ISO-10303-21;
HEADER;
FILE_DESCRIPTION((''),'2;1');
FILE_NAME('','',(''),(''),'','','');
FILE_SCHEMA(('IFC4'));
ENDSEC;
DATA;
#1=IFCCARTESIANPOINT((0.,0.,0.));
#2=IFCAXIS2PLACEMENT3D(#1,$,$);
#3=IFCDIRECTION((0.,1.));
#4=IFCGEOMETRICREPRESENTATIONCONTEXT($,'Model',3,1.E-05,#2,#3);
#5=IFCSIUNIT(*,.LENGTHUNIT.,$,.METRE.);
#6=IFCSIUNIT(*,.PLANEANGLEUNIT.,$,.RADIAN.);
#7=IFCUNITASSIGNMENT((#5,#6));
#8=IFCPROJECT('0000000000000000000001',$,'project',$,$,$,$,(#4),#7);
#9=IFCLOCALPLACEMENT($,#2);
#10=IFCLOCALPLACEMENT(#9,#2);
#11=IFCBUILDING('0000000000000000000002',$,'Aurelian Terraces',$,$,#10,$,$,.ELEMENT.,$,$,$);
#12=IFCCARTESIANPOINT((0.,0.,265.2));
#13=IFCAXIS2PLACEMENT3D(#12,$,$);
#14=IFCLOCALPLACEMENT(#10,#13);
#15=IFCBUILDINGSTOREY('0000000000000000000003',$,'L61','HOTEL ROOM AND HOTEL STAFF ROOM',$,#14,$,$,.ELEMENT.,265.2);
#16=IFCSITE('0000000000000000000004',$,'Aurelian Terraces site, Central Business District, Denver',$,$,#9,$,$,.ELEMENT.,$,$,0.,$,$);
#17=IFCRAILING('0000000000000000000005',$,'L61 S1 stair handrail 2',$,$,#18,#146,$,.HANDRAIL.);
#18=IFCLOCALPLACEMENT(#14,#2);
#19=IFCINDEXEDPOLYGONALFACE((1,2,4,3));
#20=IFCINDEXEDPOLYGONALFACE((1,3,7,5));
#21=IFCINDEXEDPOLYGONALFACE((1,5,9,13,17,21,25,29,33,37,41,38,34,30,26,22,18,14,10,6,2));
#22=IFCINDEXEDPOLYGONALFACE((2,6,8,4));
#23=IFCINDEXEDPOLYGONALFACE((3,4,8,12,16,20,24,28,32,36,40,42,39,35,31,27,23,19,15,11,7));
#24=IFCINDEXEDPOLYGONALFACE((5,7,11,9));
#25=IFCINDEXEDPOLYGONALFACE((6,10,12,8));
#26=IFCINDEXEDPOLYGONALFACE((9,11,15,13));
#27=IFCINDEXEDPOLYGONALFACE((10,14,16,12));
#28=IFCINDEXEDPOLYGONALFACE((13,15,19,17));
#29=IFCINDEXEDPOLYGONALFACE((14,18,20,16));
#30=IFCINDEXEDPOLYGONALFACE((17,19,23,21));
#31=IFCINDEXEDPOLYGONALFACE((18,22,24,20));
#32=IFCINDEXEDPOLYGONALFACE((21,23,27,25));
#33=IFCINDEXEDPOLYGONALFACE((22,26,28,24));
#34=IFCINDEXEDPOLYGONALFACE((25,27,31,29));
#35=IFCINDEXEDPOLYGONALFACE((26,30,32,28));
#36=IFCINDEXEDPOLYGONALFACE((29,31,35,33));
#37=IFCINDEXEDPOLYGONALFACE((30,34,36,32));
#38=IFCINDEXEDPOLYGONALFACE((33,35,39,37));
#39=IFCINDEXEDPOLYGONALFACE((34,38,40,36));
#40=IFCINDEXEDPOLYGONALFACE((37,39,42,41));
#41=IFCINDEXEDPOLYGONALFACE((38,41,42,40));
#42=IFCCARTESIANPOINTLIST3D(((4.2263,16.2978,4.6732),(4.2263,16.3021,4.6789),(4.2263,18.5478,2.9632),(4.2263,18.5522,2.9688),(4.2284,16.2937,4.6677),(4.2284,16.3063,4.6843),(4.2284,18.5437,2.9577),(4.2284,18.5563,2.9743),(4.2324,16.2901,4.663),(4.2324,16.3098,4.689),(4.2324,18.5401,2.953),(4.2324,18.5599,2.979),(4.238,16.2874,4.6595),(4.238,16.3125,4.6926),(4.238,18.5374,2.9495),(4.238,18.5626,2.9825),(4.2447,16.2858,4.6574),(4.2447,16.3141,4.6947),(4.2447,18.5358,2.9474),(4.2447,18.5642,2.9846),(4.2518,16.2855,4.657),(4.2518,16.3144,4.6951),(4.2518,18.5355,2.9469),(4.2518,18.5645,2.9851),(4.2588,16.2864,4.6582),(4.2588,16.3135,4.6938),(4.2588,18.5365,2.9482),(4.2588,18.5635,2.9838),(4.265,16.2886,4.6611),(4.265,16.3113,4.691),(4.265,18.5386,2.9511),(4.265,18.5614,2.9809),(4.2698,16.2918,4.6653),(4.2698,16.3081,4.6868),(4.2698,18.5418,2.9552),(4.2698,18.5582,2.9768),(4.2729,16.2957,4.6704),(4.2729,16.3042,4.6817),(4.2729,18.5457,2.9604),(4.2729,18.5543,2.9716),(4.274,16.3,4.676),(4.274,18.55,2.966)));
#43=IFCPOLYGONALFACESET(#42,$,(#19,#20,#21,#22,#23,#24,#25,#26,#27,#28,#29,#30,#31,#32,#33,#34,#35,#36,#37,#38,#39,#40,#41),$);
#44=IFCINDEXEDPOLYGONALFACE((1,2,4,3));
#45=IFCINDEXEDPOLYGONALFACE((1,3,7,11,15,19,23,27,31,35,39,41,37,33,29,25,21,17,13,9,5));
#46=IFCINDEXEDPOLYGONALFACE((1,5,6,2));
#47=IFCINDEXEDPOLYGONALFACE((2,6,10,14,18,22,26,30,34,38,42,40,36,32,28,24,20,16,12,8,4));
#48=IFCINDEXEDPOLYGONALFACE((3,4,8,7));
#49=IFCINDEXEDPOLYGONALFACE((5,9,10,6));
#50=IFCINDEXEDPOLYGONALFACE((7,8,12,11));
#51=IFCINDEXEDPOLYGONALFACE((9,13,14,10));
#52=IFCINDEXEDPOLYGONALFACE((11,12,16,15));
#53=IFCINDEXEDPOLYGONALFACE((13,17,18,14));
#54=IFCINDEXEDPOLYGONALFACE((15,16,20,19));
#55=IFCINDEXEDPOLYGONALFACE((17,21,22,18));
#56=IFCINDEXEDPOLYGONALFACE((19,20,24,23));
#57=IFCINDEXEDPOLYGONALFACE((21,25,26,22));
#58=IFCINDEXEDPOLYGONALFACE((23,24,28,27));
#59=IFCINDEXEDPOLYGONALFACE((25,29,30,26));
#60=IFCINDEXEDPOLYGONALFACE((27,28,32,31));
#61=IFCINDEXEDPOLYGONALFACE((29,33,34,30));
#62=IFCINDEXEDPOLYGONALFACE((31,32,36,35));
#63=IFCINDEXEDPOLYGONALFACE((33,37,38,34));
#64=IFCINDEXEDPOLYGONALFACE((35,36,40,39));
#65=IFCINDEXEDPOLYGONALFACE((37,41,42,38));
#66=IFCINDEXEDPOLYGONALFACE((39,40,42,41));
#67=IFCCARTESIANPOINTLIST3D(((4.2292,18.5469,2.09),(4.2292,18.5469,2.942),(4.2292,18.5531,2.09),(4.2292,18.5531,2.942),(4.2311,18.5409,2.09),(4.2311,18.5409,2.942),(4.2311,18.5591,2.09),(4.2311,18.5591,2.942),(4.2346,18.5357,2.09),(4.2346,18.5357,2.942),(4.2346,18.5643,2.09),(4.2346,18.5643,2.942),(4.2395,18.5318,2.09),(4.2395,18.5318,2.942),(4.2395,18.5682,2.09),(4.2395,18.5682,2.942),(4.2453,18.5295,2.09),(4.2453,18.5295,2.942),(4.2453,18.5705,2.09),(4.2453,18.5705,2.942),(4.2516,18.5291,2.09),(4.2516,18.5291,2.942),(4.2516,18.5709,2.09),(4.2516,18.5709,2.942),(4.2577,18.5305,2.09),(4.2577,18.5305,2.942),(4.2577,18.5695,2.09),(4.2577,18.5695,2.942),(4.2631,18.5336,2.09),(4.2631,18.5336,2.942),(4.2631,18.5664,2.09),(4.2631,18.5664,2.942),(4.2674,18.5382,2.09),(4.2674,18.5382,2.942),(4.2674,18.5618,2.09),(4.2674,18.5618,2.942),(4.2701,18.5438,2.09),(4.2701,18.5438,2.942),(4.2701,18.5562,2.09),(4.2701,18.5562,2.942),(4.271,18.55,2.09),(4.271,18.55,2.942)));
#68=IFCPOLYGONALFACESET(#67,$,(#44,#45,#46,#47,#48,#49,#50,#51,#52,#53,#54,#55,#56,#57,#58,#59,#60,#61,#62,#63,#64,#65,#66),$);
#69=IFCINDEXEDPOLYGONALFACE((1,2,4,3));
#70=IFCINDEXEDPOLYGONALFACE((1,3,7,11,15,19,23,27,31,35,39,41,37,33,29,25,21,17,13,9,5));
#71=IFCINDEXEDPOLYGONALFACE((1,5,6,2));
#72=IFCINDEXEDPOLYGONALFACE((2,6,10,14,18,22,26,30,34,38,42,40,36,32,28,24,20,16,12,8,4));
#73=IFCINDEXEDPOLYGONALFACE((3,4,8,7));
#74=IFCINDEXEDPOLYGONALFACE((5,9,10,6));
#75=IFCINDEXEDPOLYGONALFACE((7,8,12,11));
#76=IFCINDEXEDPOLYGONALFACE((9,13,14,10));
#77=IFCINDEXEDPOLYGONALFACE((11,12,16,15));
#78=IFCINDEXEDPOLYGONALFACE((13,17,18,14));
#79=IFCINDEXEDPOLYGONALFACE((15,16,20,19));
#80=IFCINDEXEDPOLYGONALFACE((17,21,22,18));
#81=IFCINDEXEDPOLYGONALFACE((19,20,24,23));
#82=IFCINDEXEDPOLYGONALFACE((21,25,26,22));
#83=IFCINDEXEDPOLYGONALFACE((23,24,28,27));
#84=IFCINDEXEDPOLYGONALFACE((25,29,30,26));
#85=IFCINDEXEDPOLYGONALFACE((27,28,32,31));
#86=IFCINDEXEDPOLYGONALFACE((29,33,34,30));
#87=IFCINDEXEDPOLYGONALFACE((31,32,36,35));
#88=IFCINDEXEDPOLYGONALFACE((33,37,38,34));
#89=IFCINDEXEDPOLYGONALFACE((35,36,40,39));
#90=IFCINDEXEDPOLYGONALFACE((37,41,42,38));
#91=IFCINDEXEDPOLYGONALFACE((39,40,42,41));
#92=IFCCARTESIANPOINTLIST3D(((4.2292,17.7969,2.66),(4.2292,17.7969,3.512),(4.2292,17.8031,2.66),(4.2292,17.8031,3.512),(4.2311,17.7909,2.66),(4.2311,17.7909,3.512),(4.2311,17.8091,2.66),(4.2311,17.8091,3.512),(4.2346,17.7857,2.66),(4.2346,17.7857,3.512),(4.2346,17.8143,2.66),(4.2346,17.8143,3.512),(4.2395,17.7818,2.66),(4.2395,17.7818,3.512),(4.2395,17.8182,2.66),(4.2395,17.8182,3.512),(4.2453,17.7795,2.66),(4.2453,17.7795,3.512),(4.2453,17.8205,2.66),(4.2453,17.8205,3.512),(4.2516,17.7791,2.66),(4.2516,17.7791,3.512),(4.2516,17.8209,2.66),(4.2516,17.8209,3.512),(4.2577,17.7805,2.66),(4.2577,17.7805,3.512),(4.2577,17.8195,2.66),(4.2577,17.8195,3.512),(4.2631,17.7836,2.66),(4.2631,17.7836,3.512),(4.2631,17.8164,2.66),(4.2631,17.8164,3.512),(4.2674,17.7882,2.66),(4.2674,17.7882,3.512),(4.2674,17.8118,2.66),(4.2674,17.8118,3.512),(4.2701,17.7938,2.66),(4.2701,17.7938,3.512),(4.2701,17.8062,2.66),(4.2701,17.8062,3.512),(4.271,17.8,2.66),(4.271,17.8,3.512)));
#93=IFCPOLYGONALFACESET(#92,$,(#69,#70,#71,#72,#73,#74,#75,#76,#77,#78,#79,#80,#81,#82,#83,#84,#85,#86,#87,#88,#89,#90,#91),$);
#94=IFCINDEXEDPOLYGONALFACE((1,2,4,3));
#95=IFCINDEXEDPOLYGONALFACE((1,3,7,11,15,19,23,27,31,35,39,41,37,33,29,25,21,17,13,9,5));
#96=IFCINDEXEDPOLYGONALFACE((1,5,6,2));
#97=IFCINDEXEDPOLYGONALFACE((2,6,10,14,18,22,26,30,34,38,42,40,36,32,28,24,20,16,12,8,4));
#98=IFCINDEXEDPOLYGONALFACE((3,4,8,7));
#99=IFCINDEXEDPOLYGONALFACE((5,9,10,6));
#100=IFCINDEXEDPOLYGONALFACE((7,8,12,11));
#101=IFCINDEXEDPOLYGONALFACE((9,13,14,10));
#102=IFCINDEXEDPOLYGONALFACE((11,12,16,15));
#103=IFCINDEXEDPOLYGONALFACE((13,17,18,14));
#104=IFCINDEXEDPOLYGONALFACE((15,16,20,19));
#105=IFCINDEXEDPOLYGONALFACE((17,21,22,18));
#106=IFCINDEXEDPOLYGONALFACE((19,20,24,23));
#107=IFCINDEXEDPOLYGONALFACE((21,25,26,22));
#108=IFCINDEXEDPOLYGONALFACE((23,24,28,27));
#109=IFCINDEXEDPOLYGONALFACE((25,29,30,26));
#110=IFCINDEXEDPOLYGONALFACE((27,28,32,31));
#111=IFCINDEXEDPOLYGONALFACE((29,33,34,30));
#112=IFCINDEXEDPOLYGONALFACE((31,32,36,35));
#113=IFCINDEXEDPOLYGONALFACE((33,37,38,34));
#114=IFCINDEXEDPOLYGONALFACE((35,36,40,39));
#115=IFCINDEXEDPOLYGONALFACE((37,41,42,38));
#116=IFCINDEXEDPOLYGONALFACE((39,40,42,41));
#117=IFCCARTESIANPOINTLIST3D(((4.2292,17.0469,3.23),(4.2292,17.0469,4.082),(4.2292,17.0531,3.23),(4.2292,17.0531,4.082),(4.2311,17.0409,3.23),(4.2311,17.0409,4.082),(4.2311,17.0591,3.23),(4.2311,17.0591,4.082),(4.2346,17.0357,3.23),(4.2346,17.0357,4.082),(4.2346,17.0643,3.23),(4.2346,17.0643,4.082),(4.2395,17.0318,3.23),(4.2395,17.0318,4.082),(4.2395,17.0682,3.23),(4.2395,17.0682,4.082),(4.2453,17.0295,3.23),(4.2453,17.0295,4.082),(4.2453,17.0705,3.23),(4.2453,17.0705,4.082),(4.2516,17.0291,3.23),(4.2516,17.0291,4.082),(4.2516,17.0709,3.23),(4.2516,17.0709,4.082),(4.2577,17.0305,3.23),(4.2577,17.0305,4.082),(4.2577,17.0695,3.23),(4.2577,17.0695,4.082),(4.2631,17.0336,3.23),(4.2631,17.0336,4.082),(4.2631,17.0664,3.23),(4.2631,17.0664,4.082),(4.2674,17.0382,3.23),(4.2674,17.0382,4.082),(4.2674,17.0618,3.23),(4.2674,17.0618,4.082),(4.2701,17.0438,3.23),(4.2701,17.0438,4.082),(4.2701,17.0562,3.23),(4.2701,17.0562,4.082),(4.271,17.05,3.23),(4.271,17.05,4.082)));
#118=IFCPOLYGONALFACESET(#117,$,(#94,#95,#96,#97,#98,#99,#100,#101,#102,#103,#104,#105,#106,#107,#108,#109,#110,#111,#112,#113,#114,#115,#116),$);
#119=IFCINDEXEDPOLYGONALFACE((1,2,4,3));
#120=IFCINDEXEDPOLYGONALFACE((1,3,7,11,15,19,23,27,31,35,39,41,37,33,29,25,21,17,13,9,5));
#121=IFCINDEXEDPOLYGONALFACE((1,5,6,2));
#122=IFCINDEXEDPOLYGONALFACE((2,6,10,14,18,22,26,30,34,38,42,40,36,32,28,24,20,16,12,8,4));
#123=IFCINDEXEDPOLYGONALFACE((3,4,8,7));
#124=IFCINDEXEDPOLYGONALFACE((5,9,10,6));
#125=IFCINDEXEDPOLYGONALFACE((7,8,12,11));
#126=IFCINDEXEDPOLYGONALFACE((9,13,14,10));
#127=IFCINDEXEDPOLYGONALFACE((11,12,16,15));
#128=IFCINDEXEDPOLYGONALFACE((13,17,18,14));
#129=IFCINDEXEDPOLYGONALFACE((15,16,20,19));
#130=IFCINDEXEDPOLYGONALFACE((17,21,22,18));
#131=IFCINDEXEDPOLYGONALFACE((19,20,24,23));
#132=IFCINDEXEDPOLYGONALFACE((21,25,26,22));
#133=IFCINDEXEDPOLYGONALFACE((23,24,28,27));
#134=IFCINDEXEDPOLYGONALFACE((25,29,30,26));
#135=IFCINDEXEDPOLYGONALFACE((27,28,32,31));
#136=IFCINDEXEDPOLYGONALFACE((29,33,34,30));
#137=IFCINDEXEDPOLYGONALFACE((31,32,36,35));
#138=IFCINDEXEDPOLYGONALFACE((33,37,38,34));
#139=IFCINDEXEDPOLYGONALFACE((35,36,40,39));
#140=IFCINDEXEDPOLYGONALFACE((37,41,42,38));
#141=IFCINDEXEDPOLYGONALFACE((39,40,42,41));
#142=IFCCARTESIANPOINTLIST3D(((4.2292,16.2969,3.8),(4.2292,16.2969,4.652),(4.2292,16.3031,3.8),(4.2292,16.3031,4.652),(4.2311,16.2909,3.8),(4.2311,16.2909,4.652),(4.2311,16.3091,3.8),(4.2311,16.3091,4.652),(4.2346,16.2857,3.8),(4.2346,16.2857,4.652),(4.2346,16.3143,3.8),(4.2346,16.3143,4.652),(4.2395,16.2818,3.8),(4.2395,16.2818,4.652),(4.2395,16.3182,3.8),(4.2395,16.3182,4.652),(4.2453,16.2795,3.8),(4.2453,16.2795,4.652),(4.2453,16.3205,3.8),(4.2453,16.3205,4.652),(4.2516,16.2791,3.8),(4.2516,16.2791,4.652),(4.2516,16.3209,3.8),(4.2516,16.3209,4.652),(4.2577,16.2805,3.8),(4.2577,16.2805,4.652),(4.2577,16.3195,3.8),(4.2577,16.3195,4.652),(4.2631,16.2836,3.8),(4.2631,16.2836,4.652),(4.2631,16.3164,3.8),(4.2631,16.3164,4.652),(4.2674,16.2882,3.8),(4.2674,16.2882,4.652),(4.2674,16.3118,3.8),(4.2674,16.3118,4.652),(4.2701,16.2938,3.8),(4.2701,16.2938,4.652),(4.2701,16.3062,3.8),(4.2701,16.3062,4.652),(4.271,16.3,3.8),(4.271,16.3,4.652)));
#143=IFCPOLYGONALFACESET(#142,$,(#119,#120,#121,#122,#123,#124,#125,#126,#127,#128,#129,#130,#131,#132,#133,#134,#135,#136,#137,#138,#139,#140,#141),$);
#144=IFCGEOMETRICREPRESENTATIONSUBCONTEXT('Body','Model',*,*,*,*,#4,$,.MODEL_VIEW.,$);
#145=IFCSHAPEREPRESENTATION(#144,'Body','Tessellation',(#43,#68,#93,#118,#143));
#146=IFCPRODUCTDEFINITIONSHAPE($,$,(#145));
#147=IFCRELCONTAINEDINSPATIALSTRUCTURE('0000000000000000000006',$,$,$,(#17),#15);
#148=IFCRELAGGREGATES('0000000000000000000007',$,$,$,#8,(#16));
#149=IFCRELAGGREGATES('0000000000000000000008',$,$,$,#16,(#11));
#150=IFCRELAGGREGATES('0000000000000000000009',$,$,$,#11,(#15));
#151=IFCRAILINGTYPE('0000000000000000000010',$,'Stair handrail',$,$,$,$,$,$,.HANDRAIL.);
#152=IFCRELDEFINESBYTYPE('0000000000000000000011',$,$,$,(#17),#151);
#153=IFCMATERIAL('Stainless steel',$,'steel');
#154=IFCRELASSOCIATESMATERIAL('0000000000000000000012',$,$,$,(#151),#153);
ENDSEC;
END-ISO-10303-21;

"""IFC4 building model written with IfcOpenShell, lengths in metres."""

from ifc_helpers import new_model, si_unit, direction, frame, origin, origin_2d, place, context, subcontext, project, spatial, circle, extrude, source, transform, mapped, material, type_object, element, save


model = new_model("IFC4")

# Units and contexts
model_context = context("Model", 3, precision=1e-05, world=origin(), true_north=direction((0.0, 1.0)))
body_context = subcontext(model_context, "Body", "Model", "MODEL_VIEW")
ifc_project = project(units=[si_unit("LENGTHUNIT", "METRE"), si_unit("PLANEANGLEUNIT", "RADIAN")], contexts=[model_context])

# Site, building, storey
site_placement = place(None, origin())
site = spatial("IfcSite", under=ifc_project, at=site_placement, Name="Aurelian Terraces site, Central Business District, Denver", CompositionType="ELEMENT", RefElevation=0.0)
building_placement = place(site_placement, origin())
building = spatial("IfcBuilding", under=site, at=building_placement, Name="Aurelian Terraces", CompositionType="ELEMENT")
storey_placement = place(building_placement, frame((0.0, 0.0, 265.2)))
storey = spatial("IfcBuildingStorey", under=building, at=storey_placement, Name="L61", Description="HOTEL ROOM AND HOTEL STAFF ROOM", CompositionType="ELEMENT", Elevation=265.2)

# Railing
ifc_material_1 = material(Name="Stainless steel", Category="steel")
railing_type_1 = type_object("IfcRailingType", Name="Stair handrail", PredefinedType="HANDRAIL", material=ifc_material_1)
shared_shape_1 = source(origin(), body_context, "Body", "SweptSolid", [
    extrude(circle(Radius=0.024, at=origin_2d()), frame((0.0, 0.0, 0.876), z_axis=(0.0, -0.796162, 0.605083), x_axis=(1.0, 0.0, 0.0)), (0.0, 0.0, 1.0), 2.8261),
    extrude(circle(Radius=0.021, at=origin_2d()), origin(), (0.0, 0.0, 1.0), 0.852),
    extrude(circle(Radius=0.021, at=origin_2d()), frame((0.0, -0.75, 0.57)), (0.0, 0.0, 1.0), 0.852),
    extrude(circle(Radius=0.021, at=origin_2d()), frame((0.0, -1.5, 1.14)), (0.0, 0.0, 1.0), 0.852),
    extrude(circle(Radius=0.021, at=origin_2d()), frame((0.0, -2.25, 1.71)), (0.0, 0.0, 1.0), 0.852),
])
railing_1_placement = place(storey_placement, frame((4.25, 18.55, 2.09)))
element("IfcRailing", 1, at=railing_1_placement, inside=storey, type_object=railing_type_1, Name="L61 S1 stair handrail 2", PredefinedType="HANDRAIL", context=body_context, shape_type="MappedRepresentation", body=[
    mapped(shared_shape_1, transform((0.0, 0.0, 0.0), scale=1.0)),
])

save(model, "model.ifc")
